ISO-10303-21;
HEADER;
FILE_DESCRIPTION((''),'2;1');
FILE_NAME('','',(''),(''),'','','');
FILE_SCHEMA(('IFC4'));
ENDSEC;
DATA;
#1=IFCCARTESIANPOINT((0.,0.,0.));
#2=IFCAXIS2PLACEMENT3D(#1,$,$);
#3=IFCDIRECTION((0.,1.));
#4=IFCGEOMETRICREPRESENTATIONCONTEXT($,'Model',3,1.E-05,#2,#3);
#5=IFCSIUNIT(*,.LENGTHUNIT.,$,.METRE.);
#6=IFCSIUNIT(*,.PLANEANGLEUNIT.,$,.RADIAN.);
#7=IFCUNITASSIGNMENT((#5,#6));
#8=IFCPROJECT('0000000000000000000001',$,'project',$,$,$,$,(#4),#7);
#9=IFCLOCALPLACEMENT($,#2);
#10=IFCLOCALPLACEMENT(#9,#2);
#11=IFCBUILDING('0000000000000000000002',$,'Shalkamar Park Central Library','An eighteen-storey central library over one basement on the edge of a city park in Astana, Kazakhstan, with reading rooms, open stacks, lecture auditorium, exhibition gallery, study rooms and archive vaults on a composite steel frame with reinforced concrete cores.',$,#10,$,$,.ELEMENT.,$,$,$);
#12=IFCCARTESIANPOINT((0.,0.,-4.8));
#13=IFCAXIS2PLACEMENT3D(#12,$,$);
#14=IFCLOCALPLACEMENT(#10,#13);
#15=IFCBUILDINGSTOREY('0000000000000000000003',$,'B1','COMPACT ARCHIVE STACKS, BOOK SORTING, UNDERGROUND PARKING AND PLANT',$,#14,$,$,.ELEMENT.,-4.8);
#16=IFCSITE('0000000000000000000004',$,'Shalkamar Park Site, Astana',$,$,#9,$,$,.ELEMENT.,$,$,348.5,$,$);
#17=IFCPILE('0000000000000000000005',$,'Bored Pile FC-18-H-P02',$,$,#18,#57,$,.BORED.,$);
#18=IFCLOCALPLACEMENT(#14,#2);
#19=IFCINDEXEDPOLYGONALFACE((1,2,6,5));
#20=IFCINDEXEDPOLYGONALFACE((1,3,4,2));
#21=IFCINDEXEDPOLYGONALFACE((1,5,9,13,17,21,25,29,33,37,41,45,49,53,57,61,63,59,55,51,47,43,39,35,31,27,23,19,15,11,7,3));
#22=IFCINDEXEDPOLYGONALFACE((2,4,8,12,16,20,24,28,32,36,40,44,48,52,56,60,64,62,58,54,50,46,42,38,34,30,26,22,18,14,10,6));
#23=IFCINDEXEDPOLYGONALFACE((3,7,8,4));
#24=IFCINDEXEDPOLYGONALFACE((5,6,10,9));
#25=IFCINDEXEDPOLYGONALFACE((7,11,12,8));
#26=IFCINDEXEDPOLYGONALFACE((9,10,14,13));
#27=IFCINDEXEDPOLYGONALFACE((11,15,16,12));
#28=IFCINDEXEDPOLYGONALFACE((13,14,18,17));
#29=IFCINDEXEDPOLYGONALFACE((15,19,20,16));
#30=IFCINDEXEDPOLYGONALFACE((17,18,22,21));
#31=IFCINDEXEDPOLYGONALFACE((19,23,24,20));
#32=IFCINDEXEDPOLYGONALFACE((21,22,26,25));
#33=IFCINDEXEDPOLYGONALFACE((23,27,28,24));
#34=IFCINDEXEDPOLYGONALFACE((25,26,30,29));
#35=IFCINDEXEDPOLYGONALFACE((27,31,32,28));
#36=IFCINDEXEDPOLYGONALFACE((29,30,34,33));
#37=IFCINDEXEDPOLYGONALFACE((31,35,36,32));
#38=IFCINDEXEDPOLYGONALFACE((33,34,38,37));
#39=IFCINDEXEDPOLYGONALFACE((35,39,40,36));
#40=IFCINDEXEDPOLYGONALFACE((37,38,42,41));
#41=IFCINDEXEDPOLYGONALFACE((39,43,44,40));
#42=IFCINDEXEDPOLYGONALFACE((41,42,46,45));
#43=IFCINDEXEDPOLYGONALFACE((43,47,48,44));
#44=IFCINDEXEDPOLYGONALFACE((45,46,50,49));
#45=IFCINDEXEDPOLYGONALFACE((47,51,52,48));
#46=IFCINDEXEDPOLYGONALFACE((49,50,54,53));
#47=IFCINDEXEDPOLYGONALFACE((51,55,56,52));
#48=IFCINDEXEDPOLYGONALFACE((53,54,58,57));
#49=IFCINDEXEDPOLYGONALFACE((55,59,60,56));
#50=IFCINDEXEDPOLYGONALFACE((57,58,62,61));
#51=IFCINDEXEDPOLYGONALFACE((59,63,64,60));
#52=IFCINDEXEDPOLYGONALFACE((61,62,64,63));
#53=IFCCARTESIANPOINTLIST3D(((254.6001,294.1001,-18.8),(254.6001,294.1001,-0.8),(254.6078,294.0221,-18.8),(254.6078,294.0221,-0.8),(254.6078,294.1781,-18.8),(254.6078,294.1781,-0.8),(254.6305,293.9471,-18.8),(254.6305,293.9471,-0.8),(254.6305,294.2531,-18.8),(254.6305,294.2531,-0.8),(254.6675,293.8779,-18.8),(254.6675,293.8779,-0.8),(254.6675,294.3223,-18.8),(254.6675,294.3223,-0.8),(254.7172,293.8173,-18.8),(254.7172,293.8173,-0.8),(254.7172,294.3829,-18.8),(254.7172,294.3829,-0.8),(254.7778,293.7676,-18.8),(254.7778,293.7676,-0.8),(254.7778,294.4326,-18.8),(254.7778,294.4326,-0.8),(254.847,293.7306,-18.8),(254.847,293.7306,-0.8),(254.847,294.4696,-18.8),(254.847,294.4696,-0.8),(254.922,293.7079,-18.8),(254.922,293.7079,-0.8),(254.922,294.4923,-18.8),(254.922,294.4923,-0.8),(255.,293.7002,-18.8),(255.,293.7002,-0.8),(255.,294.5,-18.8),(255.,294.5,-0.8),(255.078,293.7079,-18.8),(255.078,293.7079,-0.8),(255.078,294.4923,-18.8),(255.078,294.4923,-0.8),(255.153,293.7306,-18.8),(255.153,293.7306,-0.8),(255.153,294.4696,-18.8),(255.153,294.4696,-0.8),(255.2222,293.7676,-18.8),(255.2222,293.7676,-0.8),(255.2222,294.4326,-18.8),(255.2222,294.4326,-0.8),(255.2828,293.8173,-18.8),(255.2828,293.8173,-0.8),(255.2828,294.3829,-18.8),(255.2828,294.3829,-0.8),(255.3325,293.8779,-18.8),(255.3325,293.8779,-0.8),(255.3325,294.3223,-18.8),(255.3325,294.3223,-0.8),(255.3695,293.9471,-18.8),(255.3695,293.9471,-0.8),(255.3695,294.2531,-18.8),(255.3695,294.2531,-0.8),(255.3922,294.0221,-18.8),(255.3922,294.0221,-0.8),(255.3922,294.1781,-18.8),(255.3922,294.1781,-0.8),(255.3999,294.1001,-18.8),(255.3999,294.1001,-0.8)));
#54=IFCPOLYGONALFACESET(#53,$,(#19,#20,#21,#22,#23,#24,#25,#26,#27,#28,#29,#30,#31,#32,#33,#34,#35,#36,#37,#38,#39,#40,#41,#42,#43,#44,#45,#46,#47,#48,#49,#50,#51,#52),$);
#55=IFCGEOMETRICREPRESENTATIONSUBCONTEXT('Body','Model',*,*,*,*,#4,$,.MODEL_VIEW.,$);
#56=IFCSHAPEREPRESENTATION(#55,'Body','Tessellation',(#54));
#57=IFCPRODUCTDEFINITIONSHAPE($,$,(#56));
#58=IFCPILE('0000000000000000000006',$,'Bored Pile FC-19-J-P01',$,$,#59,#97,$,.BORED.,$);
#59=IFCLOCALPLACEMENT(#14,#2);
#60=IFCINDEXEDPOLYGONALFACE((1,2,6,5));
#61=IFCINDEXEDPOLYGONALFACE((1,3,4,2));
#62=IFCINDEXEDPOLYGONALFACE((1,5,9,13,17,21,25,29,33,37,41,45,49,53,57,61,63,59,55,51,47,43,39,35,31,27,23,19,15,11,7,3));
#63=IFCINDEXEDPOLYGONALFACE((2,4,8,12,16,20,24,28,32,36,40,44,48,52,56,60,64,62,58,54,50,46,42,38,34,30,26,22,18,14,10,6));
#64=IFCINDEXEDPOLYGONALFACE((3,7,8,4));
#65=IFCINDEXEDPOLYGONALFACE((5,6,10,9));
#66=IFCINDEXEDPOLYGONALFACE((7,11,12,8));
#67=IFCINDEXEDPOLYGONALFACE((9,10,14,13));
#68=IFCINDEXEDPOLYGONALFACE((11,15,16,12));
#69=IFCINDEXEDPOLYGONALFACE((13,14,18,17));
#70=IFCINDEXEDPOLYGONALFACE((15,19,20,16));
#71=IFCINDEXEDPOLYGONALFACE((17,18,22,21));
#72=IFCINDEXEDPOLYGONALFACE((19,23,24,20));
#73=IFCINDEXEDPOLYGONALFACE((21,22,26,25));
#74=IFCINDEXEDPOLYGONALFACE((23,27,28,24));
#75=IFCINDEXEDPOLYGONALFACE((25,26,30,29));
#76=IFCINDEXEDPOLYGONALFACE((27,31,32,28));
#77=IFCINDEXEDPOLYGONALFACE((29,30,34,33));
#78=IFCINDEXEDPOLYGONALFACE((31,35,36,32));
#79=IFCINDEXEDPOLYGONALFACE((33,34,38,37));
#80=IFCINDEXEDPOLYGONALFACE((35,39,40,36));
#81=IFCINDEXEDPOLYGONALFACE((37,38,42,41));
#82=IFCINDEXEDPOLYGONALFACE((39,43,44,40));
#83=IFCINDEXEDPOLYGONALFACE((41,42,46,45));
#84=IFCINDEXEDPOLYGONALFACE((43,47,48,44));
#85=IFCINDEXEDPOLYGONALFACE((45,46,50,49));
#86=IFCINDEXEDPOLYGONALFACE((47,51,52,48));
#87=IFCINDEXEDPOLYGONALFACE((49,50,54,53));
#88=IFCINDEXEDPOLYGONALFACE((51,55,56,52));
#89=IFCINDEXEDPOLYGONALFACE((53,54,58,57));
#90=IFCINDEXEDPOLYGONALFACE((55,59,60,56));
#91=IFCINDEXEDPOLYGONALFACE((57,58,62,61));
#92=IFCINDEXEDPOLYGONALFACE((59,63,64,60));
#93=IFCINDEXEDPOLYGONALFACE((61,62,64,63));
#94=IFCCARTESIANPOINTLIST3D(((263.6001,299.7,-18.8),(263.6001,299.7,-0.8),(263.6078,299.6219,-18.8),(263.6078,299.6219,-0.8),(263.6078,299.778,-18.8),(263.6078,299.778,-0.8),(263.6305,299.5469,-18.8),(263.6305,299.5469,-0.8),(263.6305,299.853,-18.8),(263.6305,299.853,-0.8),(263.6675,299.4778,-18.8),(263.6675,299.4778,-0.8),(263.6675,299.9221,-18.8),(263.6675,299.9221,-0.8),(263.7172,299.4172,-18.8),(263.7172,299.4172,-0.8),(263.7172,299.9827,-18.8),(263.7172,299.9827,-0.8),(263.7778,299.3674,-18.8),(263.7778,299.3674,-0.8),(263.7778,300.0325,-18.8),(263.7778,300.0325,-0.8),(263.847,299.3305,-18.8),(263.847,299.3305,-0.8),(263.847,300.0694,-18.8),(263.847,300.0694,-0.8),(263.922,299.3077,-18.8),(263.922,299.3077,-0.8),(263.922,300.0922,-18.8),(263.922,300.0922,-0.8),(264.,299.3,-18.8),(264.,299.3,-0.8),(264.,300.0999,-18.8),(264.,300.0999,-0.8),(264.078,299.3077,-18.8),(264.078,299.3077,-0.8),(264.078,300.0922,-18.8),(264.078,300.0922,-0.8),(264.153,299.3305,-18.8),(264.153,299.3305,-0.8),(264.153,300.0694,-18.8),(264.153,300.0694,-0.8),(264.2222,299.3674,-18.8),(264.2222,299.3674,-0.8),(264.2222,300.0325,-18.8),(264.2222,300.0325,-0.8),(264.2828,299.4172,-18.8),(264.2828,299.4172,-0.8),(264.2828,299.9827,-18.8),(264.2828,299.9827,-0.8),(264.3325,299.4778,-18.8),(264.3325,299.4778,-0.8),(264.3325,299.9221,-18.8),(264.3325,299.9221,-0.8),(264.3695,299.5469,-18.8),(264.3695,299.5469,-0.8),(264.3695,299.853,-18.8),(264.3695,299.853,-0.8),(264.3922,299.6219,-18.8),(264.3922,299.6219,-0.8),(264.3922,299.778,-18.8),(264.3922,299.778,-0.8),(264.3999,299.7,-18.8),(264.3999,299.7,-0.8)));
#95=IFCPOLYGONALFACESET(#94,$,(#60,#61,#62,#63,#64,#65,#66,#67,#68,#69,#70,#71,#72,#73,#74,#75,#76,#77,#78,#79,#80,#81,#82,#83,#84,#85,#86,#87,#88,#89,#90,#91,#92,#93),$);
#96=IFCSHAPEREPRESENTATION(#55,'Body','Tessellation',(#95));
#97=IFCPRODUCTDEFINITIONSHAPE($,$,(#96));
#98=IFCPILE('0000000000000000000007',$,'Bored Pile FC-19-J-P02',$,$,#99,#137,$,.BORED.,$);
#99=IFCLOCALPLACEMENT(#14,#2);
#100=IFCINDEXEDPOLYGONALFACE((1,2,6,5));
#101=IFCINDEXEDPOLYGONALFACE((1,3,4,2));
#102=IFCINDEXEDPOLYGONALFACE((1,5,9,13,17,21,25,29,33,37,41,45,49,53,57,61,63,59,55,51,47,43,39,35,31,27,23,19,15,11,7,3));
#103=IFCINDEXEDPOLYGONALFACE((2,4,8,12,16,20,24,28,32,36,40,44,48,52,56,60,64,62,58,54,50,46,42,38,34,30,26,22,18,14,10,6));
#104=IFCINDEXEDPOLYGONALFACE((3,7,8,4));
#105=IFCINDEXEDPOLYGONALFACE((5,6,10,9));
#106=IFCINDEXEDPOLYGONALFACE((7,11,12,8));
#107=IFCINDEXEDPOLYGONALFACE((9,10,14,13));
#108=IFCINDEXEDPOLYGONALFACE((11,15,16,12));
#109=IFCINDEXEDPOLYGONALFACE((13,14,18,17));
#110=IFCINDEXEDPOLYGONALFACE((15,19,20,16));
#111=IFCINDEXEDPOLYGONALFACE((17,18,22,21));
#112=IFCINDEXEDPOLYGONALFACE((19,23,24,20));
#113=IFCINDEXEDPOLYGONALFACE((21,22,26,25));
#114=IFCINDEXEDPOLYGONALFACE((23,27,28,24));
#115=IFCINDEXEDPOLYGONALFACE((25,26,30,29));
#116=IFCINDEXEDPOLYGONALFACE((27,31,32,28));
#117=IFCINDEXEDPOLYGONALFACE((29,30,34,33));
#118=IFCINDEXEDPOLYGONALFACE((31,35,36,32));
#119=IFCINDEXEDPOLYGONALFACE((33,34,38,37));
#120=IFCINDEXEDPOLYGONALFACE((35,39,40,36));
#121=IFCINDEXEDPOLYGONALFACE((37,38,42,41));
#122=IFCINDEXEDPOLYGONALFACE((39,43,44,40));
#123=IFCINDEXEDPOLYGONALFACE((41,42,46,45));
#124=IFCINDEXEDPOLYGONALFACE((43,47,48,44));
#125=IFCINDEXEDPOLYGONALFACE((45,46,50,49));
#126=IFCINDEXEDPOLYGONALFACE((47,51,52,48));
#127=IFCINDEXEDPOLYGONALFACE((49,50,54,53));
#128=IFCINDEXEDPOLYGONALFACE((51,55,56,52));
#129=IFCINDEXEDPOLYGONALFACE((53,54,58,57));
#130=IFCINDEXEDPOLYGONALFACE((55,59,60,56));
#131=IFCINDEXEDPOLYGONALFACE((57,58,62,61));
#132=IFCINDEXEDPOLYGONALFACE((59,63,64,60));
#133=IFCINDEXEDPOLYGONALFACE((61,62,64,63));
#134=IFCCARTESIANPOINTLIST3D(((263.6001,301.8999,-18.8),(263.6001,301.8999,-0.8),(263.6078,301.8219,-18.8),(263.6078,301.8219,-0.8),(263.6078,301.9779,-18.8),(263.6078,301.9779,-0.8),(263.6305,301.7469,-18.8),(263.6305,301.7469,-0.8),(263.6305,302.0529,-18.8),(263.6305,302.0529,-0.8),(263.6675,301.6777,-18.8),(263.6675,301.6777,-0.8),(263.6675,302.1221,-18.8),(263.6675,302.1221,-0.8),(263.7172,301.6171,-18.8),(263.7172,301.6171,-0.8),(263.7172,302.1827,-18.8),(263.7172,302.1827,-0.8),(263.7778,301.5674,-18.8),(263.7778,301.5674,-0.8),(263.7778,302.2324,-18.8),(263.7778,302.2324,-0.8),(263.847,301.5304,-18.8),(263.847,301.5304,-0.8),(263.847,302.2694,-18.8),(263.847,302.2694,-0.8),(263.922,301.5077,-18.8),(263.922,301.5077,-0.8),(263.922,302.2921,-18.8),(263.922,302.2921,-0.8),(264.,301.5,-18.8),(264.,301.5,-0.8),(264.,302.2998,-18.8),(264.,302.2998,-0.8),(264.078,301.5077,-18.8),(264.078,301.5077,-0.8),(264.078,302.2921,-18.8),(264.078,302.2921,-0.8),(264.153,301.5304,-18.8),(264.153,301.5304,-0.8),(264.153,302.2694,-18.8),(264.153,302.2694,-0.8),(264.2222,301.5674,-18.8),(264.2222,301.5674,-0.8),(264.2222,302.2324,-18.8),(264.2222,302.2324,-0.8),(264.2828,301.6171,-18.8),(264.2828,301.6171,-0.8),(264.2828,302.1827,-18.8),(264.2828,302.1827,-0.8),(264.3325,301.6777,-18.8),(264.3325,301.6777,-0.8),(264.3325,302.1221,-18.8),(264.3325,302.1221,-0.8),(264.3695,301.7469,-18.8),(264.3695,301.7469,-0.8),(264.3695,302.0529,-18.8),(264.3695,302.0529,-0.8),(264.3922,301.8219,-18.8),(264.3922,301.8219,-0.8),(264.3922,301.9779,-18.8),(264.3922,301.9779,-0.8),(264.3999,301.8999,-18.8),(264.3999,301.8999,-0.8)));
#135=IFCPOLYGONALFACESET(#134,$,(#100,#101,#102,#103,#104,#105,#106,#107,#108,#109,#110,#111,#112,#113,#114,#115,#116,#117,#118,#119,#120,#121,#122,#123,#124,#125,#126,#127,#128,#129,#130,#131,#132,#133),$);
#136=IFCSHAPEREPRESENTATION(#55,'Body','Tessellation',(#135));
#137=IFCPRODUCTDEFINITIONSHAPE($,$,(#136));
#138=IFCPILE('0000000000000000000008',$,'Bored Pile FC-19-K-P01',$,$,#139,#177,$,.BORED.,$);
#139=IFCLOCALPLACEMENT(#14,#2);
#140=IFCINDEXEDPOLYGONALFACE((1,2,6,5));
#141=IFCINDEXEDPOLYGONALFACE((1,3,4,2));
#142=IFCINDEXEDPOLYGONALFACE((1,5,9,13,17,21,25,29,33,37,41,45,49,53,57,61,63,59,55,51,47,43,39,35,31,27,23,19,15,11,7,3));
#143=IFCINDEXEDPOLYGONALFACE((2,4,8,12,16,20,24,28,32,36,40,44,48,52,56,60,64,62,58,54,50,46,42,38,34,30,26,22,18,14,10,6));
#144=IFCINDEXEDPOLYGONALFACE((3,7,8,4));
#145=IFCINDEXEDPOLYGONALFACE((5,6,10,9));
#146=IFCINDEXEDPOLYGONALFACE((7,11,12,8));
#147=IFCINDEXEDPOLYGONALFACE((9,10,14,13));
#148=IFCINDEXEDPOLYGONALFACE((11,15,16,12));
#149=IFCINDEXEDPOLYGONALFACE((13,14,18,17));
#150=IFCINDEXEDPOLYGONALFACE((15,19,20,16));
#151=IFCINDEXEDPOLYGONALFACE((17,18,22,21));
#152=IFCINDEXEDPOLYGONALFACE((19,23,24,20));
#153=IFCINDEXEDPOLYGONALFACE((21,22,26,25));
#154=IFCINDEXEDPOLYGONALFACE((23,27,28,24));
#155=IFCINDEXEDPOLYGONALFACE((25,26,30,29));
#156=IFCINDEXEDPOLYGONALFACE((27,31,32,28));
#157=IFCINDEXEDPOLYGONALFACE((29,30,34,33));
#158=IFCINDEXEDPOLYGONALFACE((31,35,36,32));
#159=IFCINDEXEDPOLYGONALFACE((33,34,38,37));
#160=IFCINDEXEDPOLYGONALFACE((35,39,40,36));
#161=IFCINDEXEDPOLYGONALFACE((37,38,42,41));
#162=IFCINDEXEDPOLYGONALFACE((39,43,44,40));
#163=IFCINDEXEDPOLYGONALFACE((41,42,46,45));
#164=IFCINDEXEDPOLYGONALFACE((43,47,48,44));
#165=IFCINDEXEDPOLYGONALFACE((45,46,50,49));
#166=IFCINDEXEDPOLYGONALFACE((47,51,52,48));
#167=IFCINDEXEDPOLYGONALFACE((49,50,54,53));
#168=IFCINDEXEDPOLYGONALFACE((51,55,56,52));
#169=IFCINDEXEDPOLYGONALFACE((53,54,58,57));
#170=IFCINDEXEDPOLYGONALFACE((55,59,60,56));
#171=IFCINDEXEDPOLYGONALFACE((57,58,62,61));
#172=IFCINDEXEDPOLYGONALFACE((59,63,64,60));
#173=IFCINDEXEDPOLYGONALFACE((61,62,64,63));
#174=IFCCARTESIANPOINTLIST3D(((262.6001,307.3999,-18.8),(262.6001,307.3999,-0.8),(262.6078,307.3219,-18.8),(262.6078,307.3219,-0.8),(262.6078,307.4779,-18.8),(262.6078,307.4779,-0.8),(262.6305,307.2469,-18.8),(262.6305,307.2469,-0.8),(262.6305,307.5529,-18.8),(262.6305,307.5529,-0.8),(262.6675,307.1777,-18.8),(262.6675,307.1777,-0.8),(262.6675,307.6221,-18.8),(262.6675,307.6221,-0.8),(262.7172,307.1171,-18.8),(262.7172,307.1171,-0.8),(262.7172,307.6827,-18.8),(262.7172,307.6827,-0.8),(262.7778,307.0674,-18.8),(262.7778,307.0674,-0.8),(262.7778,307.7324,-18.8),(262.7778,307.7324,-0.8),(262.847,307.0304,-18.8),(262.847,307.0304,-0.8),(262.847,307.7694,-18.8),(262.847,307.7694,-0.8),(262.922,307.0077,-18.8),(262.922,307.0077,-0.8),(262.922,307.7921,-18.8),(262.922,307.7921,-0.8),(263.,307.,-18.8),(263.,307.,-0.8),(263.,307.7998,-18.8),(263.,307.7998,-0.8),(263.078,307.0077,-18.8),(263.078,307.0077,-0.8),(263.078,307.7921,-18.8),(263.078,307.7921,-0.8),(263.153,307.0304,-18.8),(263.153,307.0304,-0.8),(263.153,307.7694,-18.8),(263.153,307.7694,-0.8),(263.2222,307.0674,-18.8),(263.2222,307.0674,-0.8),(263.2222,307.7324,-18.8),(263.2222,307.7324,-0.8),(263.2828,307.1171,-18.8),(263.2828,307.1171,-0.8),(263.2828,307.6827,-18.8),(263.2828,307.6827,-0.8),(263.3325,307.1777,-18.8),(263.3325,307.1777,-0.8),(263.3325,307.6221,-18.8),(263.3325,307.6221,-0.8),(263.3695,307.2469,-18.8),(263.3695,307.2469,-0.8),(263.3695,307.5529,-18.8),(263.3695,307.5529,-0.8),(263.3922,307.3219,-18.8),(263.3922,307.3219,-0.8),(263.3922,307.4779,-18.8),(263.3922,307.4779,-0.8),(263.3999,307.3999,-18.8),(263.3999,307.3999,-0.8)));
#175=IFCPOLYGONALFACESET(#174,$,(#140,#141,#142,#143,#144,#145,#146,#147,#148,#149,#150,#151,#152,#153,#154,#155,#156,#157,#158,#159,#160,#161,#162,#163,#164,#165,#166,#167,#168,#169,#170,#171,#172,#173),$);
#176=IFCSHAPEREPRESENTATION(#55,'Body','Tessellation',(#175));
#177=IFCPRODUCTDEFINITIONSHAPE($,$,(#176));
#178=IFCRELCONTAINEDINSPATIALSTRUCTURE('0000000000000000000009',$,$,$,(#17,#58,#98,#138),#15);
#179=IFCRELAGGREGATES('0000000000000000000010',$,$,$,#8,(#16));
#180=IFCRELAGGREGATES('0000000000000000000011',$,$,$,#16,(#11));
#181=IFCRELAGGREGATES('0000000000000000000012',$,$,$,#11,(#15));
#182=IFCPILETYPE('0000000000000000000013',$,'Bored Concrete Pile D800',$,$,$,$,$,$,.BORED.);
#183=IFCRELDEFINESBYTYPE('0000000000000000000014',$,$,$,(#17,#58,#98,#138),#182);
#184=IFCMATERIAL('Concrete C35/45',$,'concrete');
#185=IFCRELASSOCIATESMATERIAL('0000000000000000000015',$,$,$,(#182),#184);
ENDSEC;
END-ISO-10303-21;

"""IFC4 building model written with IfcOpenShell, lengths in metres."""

from ifc_helpers import new_model, si_unit, direction, frame, origin, origin_2d, place, context, subcontext, project, spatial, circle, extrude, material, material_profile, profile_set, type_object, element, save


model = new_model("IFC4")

# Units and contexts
model_context = context("Model", 3, precision=1e-05, world=origin(), true_north=direction((0.0, 1.0)))
body_context = subcontext(model_context, "Body", "Model", "MODEL_VIEW")
ifc_project = project(units=[si_unit("LENGTHUNIT", "METRE"), si_unit("PLANEANGLEUNIT", "RADIAN")], contexts=[model_context])

# Site, building, storey
site_placement = place(None, origin())
site = spatial("IfcSite", under=ifc_project, at=site_placement, Name="Shalkamar Park Site, Astana", CompositionType="ELEMENT", RefElevation=348.5)
building_placement = place(site_placement, origin())
building = spatial("IfcBuilding", under=site, at=building_placement, Name="Shalkamar Park Central Library", Description="An eighteen-storey central library over one basement on the edge of a city park in Astana, Kazakhstan, with reading rooms, open stacks, lecture auditorium, exhibition gallery, study rooms and archive vaults on a composite steel frame with reinforced concrete cores.", CompositionType="ELEMENT")
storey_placement = place(building_placement, frame((0.0, 0.0, -4.8)))
storey = spatial("IfcBuildingStorey", under=building, at=storey_placement, Name="B1", Description="COMPACT ARCHIVE STACKS, BOOK SORTING, UNDERGROUND PARKING AND PLANT", CompositionType="ELEMENT", Elevation=-4.8)

# Piles
ifc_material_1 = material(Name="Concrete C35/45", Category="concrete")
ifc_material_profile_1 = material_profile(ifc_material_1, circle(Radius=0.3999, at=origin_2d()), Name="PILE D800")
ifc_profile_set_1 = profile_set([ifc_material_profile_1], Name="Concrete C35/45")
pile_type_1 = type_object("IfcPileType", Name="Bored Concrete Pile D800", PredefinedType="BORED", material=ifc_profile_set_1)
for number, where, z_axis, x_axis, name in (
    (1, (255.0, 294.1001, -0.8), (0.0, 0.0, -1.0), (1.0, 0.0, 0.0), "Bored Pile FC-18-H-P02"),
    (2, (264.0, 299.7, -0.8), (0.0, 0.0, -1.0), (1.0, 0.0, 0.0), "Bored Pile FC-19-J-P01"),
    (3, (264.0, 301.8999, -0.8), (0.0, 0.0, -1.0), (1.0, 0.0, 0.0), "Bored Pile FC-19-J-P02"),
    (4, (263.0, 307.3999, -0.8), (0.0, 0.0, -1.0), (1.0, 0.0, 0.0), "Bored Pile FC-19-K-P01"),
):
    element("IfcPile", number, at=place(storey_placement, frame(where, z_axis=z_axis, x_axis=x_axis)), inside=storey, type_object=pile_type_1, Name=name, PredefinedType="BORED", context=body_context, shape_type="SweptSolid", body=[
        extrude(circle(Radius=0.3999, at=origin_2d()), origin(), (0.0, 0.0, 1.0), 18.0),
    ])

save(model, "model.ifc")
